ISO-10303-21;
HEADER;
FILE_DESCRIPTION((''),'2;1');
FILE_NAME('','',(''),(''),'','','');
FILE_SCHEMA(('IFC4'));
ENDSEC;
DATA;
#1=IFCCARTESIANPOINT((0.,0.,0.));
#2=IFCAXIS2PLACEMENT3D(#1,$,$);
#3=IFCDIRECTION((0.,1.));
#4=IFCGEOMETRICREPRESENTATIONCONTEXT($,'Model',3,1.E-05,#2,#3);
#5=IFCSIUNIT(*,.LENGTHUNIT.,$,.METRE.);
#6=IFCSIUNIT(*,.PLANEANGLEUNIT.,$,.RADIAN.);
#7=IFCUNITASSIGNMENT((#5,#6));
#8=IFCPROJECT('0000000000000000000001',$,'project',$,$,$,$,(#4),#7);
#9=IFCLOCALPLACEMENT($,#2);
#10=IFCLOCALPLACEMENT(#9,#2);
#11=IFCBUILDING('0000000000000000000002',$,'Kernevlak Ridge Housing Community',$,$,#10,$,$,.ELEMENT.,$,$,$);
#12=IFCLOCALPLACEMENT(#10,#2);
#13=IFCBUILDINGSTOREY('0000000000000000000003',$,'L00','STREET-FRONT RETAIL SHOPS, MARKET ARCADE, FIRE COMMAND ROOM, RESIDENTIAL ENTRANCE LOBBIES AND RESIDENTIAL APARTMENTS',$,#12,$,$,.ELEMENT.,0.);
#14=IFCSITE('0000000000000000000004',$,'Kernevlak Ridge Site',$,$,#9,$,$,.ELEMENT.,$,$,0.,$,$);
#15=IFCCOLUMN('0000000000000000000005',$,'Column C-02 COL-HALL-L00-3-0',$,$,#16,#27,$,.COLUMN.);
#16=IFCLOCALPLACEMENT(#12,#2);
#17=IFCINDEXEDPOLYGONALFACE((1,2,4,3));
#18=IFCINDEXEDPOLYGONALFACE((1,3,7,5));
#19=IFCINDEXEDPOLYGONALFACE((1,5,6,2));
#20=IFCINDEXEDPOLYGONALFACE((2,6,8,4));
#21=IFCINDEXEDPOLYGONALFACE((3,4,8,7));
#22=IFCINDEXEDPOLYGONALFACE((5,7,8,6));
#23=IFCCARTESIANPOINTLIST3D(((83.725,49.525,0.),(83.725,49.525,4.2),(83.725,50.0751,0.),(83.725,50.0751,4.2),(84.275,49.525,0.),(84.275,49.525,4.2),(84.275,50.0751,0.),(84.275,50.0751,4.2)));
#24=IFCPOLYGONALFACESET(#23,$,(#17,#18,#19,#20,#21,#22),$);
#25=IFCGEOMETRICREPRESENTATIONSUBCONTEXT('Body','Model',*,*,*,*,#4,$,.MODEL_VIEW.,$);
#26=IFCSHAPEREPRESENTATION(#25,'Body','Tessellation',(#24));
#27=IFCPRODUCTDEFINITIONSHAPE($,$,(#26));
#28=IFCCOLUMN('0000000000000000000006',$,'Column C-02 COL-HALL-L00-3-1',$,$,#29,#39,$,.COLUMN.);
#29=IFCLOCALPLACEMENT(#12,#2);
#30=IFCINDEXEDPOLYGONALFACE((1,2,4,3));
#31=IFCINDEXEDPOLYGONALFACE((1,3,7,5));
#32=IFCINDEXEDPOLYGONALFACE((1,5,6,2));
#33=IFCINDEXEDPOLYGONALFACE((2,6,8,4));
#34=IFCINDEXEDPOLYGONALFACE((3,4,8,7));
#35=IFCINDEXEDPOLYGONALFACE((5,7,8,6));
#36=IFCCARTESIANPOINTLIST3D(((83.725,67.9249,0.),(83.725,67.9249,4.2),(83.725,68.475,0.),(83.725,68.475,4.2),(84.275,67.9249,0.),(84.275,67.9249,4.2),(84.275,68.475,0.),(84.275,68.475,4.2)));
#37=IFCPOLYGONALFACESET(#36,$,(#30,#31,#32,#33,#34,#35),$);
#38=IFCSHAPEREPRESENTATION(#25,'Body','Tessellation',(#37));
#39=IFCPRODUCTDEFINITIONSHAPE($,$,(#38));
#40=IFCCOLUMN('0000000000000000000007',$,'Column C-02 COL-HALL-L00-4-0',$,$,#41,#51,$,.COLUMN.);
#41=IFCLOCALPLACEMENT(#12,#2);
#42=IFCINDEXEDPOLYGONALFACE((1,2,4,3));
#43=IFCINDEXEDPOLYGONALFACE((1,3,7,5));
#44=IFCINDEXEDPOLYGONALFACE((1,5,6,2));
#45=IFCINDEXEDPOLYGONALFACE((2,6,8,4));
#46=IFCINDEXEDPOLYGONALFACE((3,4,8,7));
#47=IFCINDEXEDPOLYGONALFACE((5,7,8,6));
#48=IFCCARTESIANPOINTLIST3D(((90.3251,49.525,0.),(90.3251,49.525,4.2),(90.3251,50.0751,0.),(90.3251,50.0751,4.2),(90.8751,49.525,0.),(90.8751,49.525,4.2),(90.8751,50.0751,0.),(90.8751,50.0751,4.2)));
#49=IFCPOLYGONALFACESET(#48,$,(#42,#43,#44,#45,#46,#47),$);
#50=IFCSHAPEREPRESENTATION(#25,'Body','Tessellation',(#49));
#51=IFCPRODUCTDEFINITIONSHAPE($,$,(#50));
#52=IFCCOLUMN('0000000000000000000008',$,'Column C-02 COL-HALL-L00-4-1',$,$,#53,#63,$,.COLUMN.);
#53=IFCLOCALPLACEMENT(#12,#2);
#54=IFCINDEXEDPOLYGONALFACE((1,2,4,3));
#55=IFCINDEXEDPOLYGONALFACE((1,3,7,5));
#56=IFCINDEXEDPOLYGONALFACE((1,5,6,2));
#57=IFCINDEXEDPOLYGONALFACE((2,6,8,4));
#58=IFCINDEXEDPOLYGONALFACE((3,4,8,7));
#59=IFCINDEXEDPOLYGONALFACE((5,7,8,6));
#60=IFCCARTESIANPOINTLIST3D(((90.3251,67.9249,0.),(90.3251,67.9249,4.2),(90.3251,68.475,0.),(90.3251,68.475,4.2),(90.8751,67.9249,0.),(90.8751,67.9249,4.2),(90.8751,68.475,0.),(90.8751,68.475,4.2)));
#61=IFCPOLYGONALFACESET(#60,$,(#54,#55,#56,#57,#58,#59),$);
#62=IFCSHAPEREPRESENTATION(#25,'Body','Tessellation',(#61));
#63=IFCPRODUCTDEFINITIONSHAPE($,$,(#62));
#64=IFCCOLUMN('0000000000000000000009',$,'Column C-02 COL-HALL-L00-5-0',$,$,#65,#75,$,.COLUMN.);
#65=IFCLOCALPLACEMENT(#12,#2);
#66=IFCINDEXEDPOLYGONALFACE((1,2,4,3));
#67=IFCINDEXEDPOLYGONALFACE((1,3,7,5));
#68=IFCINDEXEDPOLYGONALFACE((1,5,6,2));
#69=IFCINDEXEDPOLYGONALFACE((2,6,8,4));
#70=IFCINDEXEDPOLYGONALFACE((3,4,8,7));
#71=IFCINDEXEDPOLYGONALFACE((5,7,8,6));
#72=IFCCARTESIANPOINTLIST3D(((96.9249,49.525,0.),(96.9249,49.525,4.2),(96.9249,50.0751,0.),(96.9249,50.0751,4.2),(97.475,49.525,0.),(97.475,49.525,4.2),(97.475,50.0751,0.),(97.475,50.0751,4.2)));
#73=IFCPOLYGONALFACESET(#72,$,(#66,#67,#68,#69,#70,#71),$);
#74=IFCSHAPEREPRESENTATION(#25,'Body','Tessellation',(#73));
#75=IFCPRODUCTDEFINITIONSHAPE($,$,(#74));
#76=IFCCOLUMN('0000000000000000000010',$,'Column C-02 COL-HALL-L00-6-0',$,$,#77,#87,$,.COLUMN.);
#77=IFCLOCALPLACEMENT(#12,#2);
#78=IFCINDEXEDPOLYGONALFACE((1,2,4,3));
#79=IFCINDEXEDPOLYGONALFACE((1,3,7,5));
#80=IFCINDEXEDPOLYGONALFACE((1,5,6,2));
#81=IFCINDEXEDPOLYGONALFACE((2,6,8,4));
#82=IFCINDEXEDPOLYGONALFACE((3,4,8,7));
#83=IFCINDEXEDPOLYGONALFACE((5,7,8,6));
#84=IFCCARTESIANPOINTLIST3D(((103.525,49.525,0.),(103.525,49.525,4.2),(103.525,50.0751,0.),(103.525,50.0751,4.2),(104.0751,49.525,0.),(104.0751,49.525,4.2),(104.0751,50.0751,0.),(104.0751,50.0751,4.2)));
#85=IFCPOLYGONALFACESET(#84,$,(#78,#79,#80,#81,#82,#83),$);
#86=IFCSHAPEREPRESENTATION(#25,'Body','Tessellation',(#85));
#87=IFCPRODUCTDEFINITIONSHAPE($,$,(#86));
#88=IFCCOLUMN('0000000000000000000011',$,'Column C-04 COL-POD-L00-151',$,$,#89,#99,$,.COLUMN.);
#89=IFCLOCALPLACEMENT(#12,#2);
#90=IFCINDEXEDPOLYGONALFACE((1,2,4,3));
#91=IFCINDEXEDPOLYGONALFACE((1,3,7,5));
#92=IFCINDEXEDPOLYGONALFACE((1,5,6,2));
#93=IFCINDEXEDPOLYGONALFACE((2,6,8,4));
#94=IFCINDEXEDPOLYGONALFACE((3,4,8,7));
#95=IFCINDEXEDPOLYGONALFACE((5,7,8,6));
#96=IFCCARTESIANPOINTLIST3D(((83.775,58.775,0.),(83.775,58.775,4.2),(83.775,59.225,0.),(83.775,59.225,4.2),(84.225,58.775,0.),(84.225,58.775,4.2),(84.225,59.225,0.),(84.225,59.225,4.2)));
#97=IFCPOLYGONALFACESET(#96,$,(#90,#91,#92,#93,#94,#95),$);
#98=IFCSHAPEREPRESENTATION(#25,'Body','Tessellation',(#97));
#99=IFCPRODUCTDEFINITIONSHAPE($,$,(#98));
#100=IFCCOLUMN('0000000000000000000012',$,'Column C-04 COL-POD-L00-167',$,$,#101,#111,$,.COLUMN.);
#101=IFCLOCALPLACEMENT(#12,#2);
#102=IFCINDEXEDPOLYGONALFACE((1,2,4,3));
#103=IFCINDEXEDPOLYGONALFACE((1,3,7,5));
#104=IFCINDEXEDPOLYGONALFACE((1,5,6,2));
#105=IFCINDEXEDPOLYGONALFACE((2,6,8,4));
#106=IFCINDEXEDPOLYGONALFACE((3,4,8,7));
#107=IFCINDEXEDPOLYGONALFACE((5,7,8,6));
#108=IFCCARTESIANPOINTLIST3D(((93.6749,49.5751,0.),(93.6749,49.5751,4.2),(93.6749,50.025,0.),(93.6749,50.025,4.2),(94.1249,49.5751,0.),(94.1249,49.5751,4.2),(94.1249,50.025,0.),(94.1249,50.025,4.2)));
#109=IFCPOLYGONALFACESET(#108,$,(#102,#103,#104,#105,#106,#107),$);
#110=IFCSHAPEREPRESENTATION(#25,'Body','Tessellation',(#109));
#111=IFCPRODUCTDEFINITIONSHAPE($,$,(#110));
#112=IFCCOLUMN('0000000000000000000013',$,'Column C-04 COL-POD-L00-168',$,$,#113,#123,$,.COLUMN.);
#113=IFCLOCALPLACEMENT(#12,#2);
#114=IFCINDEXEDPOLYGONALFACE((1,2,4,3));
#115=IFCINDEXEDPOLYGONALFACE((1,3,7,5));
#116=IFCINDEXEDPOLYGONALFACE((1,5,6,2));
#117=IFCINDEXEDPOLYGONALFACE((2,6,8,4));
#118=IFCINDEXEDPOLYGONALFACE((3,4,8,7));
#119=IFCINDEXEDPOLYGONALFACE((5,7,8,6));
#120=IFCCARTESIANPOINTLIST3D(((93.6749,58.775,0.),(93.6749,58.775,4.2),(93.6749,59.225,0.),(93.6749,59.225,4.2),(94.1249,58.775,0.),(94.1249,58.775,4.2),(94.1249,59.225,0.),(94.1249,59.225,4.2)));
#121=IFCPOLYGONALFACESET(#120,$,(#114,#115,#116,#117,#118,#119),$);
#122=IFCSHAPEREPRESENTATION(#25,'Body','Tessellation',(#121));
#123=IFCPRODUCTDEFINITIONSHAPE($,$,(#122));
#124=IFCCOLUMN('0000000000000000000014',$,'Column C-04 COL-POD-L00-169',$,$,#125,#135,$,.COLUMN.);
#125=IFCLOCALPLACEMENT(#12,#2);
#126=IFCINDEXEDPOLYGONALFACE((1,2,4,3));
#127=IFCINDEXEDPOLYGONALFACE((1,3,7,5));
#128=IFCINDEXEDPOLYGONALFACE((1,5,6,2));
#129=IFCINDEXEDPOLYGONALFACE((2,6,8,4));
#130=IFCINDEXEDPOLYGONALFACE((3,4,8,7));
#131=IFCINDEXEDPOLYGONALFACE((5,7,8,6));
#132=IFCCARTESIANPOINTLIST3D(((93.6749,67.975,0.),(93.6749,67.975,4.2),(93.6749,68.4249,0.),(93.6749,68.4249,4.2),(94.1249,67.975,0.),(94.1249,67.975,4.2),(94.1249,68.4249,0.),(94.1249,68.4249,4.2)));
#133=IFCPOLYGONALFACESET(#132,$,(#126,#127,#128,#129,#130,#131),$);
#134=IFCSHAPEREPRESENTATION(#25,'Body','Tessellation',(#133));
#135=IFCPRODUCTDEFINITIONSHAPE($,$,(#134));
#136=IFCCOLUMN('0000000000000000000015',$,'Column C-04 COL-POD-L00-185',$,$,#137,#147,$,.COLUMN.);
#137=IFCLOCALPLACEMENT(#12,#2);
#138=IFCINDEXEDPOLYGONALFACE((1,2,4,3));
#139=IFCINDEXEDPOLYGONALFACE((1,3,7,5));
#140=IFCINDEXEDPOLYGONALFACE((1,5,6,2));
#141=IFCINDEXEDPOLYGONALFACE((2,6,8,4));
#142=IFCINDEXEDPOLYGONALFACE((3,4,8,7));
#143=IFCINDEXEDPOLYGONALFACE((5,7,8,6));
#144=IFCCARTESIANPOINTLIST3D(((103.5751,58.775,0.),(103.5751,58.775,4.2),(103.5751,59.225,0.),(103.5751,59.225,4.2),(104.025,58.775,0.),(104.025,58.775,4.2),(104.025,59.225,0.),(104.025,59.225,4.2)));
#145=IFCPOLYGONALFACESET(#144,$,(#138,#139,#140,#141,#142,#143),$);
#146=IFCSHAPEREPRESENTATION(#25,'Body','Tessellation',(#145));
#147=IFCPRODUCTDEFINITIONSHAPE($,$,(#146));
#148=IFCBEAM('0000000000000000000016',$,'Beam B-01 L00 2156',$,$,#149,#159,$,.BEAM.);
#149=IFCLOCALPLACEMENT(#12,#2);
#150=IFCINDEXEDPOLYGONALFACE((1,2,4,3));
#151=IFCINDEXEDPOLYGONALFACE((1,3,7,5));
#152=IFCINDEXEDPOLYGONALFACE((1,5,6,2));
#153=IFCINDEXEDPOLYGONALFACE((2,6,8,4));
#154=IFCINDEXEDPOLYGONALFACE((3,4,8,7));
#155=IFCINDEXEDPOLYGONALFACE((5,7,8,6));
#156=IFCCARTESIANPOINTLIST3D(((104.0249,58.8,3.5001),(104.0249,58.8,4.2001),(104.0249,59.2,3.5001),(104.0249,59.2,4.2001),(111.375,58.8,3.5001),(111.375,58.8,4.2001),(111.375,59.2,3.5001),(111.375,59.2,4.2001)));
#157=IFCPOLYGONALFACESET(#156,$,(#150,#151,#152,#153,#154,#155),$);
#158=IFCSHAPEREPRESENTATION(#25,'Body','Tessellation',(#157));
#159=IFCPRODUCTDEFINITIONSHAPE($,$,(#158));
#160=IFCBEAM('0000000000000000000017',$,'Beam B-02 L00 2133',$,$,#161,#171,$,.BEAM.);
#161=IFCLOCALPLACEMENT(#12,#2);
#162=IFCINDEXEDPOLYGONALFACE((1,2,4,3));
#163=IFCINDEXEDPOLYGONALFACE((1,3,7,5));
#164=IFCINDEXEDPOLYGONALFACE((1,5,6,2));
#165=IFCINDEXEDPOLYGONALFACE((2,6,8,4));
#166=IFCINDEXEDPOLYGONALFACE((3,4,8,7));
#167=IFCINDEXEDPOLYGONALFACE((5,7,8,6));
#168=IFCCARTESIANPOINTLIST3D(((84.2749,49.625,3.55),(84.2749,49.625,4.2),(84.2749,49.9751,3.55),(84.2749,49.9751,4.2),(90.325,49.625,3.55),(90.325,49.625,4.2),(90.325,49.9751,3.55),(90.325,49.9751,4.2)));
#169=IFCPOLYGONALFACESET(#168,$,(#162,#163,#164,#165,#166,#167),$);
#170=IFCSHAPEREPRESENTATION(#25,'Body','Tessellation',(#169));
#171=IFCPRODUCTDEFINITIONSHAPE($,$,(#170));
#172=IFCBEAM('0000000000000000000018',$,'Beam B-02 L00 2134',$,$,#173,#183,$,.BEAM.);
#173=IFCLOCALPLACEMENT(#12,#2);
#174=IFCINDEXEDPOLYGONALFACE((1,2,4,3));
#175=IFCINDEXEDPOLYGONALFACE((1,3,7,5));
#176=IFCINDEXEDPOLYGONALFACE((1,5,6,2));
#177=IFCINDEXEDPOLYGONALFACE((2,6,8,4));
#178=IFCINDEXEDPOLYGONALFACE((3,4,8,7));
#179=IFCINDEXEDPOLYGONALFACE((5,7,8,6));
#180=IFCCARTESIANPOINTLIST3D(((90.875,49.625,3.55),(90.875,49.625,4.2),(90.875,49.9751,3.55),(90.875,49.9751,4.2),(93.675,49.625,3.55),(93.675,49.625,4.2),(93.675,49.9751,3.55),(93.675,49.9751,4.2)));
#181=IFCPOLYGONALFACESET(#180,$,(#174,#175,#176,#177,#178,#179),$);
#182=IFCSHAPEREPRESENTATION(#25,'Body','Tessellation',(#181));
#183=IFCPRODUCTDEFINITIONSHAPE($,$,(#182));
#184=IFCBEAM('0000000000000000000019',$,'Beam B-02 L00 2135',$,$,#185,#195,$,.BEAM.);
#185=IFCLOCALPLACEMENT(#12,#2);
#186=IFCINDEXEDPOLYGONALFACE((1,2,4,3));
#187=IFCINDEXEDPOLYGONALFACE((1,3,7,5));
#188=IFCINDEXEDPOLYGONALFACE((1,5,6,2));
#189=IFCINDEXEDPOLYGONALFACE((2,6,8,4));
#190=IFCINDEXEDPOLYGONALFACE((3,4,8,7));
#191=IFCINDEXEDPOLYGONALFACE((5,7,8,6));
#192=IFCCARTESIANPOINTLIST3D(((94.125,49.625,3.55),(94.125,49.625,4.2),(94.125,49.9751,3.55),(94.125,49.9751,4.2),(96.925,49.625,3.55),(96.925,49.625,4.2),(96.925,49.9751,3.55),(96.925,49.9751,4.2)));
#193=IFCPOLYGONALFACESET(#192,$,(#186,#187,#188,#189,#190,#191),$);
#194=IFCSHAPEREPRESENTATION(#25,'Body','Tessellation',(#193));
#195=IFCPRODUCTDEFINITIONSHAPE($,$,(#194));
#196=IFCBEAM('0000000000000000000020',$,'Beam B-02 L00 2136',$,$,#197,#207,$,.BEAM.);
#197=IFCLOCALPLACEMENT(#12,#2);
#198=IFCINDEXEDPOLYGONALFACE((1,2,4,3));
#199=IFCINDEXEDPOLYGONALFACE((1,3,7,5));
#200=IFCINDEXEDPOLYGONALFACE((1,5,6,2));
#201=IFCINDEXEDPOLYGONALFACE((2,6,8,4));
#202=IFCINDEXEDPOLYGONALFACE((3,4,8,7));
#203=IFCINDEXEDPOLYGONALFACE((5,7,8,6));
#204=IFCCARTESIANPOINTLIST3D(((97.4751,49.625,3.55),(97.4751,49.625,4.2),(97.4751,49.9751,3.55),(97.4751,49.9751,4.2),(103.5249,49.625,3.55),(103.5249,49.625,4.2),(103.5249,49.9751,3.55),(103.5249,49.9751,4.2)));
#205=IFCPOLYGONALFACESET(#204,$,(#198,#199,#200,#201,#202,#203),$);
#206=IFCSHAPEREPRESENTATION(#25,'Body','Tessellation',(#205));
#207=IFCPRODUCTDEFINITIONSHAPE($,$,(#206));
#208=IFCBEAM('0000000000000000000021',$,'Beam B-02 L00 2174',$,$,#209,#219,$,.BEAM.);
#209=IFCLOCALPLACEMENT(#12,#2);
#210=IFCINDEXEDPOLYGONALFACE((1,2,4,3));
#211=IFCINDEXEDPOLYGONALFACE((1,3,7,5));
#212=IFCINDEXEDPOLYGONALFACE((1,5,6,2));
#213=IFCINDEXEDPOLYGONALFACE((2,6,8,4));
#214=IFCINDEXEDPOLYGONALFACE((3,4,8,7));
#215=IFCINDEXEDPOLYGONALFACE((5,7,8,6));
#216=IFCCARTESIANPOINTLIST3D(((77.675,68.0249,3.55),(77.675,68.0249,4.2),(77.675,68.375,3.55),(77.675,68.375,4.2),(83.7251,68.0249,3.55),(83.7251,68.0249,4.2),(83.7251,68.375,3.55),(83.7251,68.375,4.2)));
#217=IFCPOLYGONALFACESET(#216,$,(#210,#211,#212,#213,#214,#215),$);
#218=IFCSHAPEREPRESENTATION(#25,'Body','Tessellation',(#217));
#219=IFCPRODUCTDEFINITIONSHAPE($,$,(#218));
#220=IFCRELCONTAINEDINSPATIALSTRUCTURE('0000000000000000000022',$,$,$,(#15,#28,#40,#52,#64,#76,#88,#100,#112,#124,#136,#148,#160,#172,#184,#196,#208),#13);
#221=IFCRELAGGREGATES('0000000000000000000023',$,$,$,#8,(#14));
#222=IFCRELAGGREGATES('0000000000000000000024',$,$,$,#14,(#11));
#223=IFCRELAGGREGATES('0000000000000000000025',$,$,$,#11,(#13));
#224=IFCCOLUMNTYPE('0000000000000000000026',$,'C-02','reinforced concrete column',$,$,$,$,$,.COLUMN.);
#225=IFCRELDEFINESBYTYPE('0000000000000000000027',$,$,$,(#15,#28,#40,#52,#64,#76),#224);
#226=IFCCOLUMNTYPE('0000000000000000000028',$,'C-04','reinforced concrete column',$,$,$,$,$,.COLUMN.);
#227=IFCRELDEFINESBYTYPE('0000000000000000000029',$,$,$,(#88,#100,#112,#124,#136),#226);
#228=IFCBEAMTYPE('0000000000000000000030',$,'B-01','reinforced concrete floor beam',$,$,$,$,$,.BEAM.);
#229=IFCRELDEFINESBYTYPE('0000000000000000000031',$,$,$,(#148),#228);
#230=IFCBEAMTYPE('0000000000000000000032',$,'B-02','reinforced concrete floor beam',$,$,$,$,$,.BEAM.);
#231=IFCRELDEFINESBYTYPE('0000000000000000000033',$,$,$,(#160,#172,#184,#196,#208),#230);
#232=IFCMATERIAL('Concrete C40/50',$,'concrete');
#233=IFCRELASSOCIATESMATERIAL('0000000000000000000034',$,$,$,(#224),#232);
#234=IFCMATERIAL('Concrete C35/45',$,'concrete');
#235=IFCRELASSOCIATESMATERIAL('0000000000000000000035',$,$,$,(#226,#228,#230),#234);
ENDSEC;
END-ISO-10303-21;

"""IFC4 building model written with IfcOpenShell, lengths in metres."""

from ifc_helpers import new_model, si_unit, direction, frame, origin, origin_2d, place, context, subcontext, project, spatial, rectangle, extrude, material, material_profile, profile_set, type_object, element, save


model = new_model("IFC4")

# Units and contexts
model_context = context("Model", 3, precision=1e-05, world=origin(), true_north=direction((0.0, 1.0)))
body_context = subcontext(model_context, "Body", "Model", "MODEL_VIEW")
ifc_project = project(units=[si_unit("LENGTHUNIT", "METRE"), si_unit("PLANEANGLEUNIT", "RADIAN")], contexts=[model_context])

# Site, building, storey
site_placement = place(None, origin())
site = spatial("IfcSite", under=ifc_project, at=site_placement, Name="Kernevlak Ridge Site", CompositionType="ELEMENT", RefElevation=0.0)
building_placement = place(site_placement, origin())
building = spatial("IfcBuilding", under=site, at=building_placement, Name="Kernevlak Ridge Housing Community", CompositionType="ELEMENT")
storey_placement = place(building_placement, origin())
storey = spatial("IfcBuildingStorey", under=building, at=storey_placement, Name="L00", Description="STREET-FRONT RETAIL SHOPS, MARKET ARCADE, FIRE COMMAND ROOM, RESIDENTIAL ENTRANCE LOBBIES AND RESIDENTIAL APARTMENTS", CompositionType="ELEMENT", Elevation=0.0)

# Columns
ifc_material_1 = material(Name="Concrete C40/50", Category="concrete")
ifc_material_profile_1 = material_profile(ifc_material_1, rectangle(XDim=0.55, YDim=0.55, at=origin_2d()), Name="RC 550x550")
ifc_profile_set_1 = profile_set([ifc_material_profile_1], Name="Concrete C40/50")
column_type_1 = type_object("IfcColumnType", Name="C-02", Description="reinforced concrete column", PredefinedType="COLUMN", material=ifc_profile_set_1)
for number, where, z_axis, x_axis, name in (
    (1, (84.0, 49.8, 0.0), (0.0, 0.0, 1.0), (1.0, 0.0, 0.0), "Column C-02 COL-HALL-L00-3-0"),
    (2, (84.0, 68.2, 0.0), (0.0, 0.0, 1.0), (1.0, 0.0, 0.0), "Column C-02 COL-HALL-L00-3-1"),
    (3, (90.6001, 49.8, 0.0), (0.0, 0.0, 1.0), (1.0, 0.0, 0.0), "Column C-02 COL-HALL-L00-4-0"),
    (4, (90.6001, 68.2, 0.0), (0.0, 0.0, 1.0), (1.0, 0.0, 0.0), "Column C-02 COL-HALL-L00-4-1"),
    (5, (97.2, 49.8, 0.0), (0.0, 0.0, 1.0), (1.0, 0.0, 0.0), "Column C-02 COL-HALL-L00-5-0"),
    (6, (103.8, 49.8, 0.0), (0.0, 0.0, 1.0), (1.0, 0.0, 0.0), "Column C-02 COL-HALL-L00-6-0"),
):
    element("IfcColumn", number, at=place(storey_placement, frame(where, z_axis=z_axis, x_axis=x_axis)), inside=storey, type_object=column_type_1, Name=name, PredefinedType="COLUMN", context=body_context, shape_type="SweptSolid", body=[
        extrude(rectangle(XDim=0.55, YDim=0.55, at=origin_2d()), origin(), (0.0, 0.0, 1.0), 4.2),
    ])
ifc_material_2 = material(Name="Concrete C35/45", Category="concrete")
ifc_material_profile_2 = material_profile(ifc_material_2, rectangle(XDim=0.45, YDim=0.45, at=origin_2d()), Name="RC 450x450")
ifc_profile_set_2 = profile_set([ifc_material_profile_2], Name="Concrete C35/45")
column_type_2 = type_object("IfcColumnType", Name="C-04", Description="reinforced concrete column", PredefinedType="COLUMN", material=ifc_profile_set_2)
for number, where, z_axis, x_axis, name in (
    (7, (84.0, 59.0, 0.0), (0.0, 0.0, 1.0), (1.0, 0.0, 0.0), "Column C-04 COL-POD-L00-151"),
    (8, (93.8999, 49.8, 0.0), (0.0, 0.0, 1.0), (1.0, 0.0, 0.0), "Column C-04 COL-POD-L00-167"),
    (9, (93.8999, 59.0, 0.0), (0.0, 0.0, 1.0), (1.0, 0.0, 0.0), "Column C-04 COL-POD-L00-168"),
    (10, (93.8999, 68.2, 0.0), (0.0, 0.0, 1.0), (1.0, 0.0, 0.0), "Column C-04 COL-POD-L00-169"),
    (11, (103.8, 59.0, 0.0), (0.0, 0.0, 1.0), (1.0, 0.0, 0.0), "Column C-04 COL-POD-L00-185"),
):
    element("IfcColumn", number, at=place(storey_placement, frame(where, z_axis=z_axis, x_axis=x_axis)), inside=storey, type_object=column_type_2, Name=name, PredefinedType="COLUMN", context=body_context, shape_type="SweptSolid", body=[
        extrude(rectangle(XDim=0.45, YDim=0.45, at=origin_2d()), origin(), (0.0, 0.0, 1.0), 4.2),
    ])

# Beams
ifc_material_profile_3 = material_profile(ifc_material_2, rectangle(XDim=0.3999, YDim=0.7, at=origin_2d()), Name="RC 400x700")
ifc_profile_set_3 = profile_set([ifc_material_profile_3], Name="Concrete C35/45")
beam_type_1 = type_object("IfcBeamType", Name="B-01", Description="reinforced concrete floor beam", PredefinedType="BEAM", material=ifc_profile_set_3)
beam_1_placement = place(storey_placement, frame((104.0249, 59.0, 3.8501), z_axis=(1.0, 0.0, 0.0), x_axis=(0.0, 1.0, 0.0)))
element("IfcBeam", 12, at=beam_1_placement, inside=storey, type_object=beam_type_1, Name="Beam B-01 L00 2156", PredefinedType="BEAM", context=body_context, shape_type="SweptSolid", body=[
    extrude(rectangle(XDim=0.3999, YDim=0.7, at=origin_2d()), origin(), (0.0, 0.0, 1.0), 7.3501),
])
ifc_material_profile_4 = material_profile(ifc_material_2, rectangle(XDim=0.3501, YDim=0.6499, at=origin_2d()), Name="RC 350x650")
ifc_profile_set_4 = profile_set([ifc_material_profile_4], Name="Concrete C35/45")
beam_type_2 = type_object("IfcBeamType", Name="B-02", Description="reinforced concrete floor beam", PredefinedType="BEAM", material=ifc_profile_set_4)
beam_2_placement = place(storey_placement, frame((84.2749, 49.8, 3.875), z_axis=(1.0, 0.0, 0.0), x_axis=(0.0, 1.0, 0.0)))
element("IfcBeam", 13, at=beam_2_placement, inside=storey, type_object=beam_type_2, Name="Beam B-02 L00 2133", PredefinedType="BEAM", context=body_context, shape_type="SweptSolid", body=[
    extrude(rectangle(XDim=0.3501, YDim=0.6499, at=origin_2d()), origin(), (0.0, 0.0, 1.0), 6.05),
])
for number, where, z_axis, x_axis, name in (
    (14, (90.875, 49.8, 3.875), (1.0, 0.0, 0.0), (0.0, 1.0, 0.0), "Beam B-02 L00 2134"),
    (15, (94.125, 49.8, 3.875), (1.0, 0.0, 0.0), (0.0, 1.0, 0.0), "Beam B-02 L00 2135"),
):
    element("IfcBeam", number, at=place(storey_placement, frame(where, z_axis=z_axis, x_axis=x_axis)), inside=storey, type_object=beam_type_2, Name=name, PredefinedType="BEAM", context=body_context, shape_type="SweptSolid", body=[
        extrude(rectangle(XDim=0.3501, YDim=0.6499, at=origin_2d()), origin(), (0.0, 0.0, 1.0), 2.8),
    ])
beam_3_placement = place(storey_placement, frame((97.4751, 49.8, 3.875), z_axis=(1.0, 0.0, 0.0), x_axis=(0.0, 1.0, 0.0)))
element("IfcBeam", 16, at=beam_3_placement, inside=storey, type_object=beam_type_2, Name="Beam B-02 L00 2136", PredefinedType="BEAM", context=body_context, shape_type="SweptSolid", body=[
    extrude(rectangle(XDim=0.3501, YDim=0.6499, at=origin_2d()), origin(), (0.0, 0.0, 1.0), 6.0498),
])
for number, where, z_axis, x_axis, name in (
    (17, (77.675, 68.2, 3.875), (1.0, 0.0, 0.0), (0.0, 1.0, 0.0), "Beam B-02 L00 2174"),
):
    element("IfcBeam", number, at=place(storey_placement, frame(where, z_axis=z_axis, x_axis=x_axis)), inside=storey, type_object=beam_type_2, Name=name, PredefinedType="BEAM", context=body_context, shape_type="SweptSolid", body=[
        extrude(rectangle(XDim=0.3501, YDim=0.6499, at=origin_2d()), origin(), (0.0, 0.0, 1.0), 6.05),
    ])

save(model, "model.ifc")
